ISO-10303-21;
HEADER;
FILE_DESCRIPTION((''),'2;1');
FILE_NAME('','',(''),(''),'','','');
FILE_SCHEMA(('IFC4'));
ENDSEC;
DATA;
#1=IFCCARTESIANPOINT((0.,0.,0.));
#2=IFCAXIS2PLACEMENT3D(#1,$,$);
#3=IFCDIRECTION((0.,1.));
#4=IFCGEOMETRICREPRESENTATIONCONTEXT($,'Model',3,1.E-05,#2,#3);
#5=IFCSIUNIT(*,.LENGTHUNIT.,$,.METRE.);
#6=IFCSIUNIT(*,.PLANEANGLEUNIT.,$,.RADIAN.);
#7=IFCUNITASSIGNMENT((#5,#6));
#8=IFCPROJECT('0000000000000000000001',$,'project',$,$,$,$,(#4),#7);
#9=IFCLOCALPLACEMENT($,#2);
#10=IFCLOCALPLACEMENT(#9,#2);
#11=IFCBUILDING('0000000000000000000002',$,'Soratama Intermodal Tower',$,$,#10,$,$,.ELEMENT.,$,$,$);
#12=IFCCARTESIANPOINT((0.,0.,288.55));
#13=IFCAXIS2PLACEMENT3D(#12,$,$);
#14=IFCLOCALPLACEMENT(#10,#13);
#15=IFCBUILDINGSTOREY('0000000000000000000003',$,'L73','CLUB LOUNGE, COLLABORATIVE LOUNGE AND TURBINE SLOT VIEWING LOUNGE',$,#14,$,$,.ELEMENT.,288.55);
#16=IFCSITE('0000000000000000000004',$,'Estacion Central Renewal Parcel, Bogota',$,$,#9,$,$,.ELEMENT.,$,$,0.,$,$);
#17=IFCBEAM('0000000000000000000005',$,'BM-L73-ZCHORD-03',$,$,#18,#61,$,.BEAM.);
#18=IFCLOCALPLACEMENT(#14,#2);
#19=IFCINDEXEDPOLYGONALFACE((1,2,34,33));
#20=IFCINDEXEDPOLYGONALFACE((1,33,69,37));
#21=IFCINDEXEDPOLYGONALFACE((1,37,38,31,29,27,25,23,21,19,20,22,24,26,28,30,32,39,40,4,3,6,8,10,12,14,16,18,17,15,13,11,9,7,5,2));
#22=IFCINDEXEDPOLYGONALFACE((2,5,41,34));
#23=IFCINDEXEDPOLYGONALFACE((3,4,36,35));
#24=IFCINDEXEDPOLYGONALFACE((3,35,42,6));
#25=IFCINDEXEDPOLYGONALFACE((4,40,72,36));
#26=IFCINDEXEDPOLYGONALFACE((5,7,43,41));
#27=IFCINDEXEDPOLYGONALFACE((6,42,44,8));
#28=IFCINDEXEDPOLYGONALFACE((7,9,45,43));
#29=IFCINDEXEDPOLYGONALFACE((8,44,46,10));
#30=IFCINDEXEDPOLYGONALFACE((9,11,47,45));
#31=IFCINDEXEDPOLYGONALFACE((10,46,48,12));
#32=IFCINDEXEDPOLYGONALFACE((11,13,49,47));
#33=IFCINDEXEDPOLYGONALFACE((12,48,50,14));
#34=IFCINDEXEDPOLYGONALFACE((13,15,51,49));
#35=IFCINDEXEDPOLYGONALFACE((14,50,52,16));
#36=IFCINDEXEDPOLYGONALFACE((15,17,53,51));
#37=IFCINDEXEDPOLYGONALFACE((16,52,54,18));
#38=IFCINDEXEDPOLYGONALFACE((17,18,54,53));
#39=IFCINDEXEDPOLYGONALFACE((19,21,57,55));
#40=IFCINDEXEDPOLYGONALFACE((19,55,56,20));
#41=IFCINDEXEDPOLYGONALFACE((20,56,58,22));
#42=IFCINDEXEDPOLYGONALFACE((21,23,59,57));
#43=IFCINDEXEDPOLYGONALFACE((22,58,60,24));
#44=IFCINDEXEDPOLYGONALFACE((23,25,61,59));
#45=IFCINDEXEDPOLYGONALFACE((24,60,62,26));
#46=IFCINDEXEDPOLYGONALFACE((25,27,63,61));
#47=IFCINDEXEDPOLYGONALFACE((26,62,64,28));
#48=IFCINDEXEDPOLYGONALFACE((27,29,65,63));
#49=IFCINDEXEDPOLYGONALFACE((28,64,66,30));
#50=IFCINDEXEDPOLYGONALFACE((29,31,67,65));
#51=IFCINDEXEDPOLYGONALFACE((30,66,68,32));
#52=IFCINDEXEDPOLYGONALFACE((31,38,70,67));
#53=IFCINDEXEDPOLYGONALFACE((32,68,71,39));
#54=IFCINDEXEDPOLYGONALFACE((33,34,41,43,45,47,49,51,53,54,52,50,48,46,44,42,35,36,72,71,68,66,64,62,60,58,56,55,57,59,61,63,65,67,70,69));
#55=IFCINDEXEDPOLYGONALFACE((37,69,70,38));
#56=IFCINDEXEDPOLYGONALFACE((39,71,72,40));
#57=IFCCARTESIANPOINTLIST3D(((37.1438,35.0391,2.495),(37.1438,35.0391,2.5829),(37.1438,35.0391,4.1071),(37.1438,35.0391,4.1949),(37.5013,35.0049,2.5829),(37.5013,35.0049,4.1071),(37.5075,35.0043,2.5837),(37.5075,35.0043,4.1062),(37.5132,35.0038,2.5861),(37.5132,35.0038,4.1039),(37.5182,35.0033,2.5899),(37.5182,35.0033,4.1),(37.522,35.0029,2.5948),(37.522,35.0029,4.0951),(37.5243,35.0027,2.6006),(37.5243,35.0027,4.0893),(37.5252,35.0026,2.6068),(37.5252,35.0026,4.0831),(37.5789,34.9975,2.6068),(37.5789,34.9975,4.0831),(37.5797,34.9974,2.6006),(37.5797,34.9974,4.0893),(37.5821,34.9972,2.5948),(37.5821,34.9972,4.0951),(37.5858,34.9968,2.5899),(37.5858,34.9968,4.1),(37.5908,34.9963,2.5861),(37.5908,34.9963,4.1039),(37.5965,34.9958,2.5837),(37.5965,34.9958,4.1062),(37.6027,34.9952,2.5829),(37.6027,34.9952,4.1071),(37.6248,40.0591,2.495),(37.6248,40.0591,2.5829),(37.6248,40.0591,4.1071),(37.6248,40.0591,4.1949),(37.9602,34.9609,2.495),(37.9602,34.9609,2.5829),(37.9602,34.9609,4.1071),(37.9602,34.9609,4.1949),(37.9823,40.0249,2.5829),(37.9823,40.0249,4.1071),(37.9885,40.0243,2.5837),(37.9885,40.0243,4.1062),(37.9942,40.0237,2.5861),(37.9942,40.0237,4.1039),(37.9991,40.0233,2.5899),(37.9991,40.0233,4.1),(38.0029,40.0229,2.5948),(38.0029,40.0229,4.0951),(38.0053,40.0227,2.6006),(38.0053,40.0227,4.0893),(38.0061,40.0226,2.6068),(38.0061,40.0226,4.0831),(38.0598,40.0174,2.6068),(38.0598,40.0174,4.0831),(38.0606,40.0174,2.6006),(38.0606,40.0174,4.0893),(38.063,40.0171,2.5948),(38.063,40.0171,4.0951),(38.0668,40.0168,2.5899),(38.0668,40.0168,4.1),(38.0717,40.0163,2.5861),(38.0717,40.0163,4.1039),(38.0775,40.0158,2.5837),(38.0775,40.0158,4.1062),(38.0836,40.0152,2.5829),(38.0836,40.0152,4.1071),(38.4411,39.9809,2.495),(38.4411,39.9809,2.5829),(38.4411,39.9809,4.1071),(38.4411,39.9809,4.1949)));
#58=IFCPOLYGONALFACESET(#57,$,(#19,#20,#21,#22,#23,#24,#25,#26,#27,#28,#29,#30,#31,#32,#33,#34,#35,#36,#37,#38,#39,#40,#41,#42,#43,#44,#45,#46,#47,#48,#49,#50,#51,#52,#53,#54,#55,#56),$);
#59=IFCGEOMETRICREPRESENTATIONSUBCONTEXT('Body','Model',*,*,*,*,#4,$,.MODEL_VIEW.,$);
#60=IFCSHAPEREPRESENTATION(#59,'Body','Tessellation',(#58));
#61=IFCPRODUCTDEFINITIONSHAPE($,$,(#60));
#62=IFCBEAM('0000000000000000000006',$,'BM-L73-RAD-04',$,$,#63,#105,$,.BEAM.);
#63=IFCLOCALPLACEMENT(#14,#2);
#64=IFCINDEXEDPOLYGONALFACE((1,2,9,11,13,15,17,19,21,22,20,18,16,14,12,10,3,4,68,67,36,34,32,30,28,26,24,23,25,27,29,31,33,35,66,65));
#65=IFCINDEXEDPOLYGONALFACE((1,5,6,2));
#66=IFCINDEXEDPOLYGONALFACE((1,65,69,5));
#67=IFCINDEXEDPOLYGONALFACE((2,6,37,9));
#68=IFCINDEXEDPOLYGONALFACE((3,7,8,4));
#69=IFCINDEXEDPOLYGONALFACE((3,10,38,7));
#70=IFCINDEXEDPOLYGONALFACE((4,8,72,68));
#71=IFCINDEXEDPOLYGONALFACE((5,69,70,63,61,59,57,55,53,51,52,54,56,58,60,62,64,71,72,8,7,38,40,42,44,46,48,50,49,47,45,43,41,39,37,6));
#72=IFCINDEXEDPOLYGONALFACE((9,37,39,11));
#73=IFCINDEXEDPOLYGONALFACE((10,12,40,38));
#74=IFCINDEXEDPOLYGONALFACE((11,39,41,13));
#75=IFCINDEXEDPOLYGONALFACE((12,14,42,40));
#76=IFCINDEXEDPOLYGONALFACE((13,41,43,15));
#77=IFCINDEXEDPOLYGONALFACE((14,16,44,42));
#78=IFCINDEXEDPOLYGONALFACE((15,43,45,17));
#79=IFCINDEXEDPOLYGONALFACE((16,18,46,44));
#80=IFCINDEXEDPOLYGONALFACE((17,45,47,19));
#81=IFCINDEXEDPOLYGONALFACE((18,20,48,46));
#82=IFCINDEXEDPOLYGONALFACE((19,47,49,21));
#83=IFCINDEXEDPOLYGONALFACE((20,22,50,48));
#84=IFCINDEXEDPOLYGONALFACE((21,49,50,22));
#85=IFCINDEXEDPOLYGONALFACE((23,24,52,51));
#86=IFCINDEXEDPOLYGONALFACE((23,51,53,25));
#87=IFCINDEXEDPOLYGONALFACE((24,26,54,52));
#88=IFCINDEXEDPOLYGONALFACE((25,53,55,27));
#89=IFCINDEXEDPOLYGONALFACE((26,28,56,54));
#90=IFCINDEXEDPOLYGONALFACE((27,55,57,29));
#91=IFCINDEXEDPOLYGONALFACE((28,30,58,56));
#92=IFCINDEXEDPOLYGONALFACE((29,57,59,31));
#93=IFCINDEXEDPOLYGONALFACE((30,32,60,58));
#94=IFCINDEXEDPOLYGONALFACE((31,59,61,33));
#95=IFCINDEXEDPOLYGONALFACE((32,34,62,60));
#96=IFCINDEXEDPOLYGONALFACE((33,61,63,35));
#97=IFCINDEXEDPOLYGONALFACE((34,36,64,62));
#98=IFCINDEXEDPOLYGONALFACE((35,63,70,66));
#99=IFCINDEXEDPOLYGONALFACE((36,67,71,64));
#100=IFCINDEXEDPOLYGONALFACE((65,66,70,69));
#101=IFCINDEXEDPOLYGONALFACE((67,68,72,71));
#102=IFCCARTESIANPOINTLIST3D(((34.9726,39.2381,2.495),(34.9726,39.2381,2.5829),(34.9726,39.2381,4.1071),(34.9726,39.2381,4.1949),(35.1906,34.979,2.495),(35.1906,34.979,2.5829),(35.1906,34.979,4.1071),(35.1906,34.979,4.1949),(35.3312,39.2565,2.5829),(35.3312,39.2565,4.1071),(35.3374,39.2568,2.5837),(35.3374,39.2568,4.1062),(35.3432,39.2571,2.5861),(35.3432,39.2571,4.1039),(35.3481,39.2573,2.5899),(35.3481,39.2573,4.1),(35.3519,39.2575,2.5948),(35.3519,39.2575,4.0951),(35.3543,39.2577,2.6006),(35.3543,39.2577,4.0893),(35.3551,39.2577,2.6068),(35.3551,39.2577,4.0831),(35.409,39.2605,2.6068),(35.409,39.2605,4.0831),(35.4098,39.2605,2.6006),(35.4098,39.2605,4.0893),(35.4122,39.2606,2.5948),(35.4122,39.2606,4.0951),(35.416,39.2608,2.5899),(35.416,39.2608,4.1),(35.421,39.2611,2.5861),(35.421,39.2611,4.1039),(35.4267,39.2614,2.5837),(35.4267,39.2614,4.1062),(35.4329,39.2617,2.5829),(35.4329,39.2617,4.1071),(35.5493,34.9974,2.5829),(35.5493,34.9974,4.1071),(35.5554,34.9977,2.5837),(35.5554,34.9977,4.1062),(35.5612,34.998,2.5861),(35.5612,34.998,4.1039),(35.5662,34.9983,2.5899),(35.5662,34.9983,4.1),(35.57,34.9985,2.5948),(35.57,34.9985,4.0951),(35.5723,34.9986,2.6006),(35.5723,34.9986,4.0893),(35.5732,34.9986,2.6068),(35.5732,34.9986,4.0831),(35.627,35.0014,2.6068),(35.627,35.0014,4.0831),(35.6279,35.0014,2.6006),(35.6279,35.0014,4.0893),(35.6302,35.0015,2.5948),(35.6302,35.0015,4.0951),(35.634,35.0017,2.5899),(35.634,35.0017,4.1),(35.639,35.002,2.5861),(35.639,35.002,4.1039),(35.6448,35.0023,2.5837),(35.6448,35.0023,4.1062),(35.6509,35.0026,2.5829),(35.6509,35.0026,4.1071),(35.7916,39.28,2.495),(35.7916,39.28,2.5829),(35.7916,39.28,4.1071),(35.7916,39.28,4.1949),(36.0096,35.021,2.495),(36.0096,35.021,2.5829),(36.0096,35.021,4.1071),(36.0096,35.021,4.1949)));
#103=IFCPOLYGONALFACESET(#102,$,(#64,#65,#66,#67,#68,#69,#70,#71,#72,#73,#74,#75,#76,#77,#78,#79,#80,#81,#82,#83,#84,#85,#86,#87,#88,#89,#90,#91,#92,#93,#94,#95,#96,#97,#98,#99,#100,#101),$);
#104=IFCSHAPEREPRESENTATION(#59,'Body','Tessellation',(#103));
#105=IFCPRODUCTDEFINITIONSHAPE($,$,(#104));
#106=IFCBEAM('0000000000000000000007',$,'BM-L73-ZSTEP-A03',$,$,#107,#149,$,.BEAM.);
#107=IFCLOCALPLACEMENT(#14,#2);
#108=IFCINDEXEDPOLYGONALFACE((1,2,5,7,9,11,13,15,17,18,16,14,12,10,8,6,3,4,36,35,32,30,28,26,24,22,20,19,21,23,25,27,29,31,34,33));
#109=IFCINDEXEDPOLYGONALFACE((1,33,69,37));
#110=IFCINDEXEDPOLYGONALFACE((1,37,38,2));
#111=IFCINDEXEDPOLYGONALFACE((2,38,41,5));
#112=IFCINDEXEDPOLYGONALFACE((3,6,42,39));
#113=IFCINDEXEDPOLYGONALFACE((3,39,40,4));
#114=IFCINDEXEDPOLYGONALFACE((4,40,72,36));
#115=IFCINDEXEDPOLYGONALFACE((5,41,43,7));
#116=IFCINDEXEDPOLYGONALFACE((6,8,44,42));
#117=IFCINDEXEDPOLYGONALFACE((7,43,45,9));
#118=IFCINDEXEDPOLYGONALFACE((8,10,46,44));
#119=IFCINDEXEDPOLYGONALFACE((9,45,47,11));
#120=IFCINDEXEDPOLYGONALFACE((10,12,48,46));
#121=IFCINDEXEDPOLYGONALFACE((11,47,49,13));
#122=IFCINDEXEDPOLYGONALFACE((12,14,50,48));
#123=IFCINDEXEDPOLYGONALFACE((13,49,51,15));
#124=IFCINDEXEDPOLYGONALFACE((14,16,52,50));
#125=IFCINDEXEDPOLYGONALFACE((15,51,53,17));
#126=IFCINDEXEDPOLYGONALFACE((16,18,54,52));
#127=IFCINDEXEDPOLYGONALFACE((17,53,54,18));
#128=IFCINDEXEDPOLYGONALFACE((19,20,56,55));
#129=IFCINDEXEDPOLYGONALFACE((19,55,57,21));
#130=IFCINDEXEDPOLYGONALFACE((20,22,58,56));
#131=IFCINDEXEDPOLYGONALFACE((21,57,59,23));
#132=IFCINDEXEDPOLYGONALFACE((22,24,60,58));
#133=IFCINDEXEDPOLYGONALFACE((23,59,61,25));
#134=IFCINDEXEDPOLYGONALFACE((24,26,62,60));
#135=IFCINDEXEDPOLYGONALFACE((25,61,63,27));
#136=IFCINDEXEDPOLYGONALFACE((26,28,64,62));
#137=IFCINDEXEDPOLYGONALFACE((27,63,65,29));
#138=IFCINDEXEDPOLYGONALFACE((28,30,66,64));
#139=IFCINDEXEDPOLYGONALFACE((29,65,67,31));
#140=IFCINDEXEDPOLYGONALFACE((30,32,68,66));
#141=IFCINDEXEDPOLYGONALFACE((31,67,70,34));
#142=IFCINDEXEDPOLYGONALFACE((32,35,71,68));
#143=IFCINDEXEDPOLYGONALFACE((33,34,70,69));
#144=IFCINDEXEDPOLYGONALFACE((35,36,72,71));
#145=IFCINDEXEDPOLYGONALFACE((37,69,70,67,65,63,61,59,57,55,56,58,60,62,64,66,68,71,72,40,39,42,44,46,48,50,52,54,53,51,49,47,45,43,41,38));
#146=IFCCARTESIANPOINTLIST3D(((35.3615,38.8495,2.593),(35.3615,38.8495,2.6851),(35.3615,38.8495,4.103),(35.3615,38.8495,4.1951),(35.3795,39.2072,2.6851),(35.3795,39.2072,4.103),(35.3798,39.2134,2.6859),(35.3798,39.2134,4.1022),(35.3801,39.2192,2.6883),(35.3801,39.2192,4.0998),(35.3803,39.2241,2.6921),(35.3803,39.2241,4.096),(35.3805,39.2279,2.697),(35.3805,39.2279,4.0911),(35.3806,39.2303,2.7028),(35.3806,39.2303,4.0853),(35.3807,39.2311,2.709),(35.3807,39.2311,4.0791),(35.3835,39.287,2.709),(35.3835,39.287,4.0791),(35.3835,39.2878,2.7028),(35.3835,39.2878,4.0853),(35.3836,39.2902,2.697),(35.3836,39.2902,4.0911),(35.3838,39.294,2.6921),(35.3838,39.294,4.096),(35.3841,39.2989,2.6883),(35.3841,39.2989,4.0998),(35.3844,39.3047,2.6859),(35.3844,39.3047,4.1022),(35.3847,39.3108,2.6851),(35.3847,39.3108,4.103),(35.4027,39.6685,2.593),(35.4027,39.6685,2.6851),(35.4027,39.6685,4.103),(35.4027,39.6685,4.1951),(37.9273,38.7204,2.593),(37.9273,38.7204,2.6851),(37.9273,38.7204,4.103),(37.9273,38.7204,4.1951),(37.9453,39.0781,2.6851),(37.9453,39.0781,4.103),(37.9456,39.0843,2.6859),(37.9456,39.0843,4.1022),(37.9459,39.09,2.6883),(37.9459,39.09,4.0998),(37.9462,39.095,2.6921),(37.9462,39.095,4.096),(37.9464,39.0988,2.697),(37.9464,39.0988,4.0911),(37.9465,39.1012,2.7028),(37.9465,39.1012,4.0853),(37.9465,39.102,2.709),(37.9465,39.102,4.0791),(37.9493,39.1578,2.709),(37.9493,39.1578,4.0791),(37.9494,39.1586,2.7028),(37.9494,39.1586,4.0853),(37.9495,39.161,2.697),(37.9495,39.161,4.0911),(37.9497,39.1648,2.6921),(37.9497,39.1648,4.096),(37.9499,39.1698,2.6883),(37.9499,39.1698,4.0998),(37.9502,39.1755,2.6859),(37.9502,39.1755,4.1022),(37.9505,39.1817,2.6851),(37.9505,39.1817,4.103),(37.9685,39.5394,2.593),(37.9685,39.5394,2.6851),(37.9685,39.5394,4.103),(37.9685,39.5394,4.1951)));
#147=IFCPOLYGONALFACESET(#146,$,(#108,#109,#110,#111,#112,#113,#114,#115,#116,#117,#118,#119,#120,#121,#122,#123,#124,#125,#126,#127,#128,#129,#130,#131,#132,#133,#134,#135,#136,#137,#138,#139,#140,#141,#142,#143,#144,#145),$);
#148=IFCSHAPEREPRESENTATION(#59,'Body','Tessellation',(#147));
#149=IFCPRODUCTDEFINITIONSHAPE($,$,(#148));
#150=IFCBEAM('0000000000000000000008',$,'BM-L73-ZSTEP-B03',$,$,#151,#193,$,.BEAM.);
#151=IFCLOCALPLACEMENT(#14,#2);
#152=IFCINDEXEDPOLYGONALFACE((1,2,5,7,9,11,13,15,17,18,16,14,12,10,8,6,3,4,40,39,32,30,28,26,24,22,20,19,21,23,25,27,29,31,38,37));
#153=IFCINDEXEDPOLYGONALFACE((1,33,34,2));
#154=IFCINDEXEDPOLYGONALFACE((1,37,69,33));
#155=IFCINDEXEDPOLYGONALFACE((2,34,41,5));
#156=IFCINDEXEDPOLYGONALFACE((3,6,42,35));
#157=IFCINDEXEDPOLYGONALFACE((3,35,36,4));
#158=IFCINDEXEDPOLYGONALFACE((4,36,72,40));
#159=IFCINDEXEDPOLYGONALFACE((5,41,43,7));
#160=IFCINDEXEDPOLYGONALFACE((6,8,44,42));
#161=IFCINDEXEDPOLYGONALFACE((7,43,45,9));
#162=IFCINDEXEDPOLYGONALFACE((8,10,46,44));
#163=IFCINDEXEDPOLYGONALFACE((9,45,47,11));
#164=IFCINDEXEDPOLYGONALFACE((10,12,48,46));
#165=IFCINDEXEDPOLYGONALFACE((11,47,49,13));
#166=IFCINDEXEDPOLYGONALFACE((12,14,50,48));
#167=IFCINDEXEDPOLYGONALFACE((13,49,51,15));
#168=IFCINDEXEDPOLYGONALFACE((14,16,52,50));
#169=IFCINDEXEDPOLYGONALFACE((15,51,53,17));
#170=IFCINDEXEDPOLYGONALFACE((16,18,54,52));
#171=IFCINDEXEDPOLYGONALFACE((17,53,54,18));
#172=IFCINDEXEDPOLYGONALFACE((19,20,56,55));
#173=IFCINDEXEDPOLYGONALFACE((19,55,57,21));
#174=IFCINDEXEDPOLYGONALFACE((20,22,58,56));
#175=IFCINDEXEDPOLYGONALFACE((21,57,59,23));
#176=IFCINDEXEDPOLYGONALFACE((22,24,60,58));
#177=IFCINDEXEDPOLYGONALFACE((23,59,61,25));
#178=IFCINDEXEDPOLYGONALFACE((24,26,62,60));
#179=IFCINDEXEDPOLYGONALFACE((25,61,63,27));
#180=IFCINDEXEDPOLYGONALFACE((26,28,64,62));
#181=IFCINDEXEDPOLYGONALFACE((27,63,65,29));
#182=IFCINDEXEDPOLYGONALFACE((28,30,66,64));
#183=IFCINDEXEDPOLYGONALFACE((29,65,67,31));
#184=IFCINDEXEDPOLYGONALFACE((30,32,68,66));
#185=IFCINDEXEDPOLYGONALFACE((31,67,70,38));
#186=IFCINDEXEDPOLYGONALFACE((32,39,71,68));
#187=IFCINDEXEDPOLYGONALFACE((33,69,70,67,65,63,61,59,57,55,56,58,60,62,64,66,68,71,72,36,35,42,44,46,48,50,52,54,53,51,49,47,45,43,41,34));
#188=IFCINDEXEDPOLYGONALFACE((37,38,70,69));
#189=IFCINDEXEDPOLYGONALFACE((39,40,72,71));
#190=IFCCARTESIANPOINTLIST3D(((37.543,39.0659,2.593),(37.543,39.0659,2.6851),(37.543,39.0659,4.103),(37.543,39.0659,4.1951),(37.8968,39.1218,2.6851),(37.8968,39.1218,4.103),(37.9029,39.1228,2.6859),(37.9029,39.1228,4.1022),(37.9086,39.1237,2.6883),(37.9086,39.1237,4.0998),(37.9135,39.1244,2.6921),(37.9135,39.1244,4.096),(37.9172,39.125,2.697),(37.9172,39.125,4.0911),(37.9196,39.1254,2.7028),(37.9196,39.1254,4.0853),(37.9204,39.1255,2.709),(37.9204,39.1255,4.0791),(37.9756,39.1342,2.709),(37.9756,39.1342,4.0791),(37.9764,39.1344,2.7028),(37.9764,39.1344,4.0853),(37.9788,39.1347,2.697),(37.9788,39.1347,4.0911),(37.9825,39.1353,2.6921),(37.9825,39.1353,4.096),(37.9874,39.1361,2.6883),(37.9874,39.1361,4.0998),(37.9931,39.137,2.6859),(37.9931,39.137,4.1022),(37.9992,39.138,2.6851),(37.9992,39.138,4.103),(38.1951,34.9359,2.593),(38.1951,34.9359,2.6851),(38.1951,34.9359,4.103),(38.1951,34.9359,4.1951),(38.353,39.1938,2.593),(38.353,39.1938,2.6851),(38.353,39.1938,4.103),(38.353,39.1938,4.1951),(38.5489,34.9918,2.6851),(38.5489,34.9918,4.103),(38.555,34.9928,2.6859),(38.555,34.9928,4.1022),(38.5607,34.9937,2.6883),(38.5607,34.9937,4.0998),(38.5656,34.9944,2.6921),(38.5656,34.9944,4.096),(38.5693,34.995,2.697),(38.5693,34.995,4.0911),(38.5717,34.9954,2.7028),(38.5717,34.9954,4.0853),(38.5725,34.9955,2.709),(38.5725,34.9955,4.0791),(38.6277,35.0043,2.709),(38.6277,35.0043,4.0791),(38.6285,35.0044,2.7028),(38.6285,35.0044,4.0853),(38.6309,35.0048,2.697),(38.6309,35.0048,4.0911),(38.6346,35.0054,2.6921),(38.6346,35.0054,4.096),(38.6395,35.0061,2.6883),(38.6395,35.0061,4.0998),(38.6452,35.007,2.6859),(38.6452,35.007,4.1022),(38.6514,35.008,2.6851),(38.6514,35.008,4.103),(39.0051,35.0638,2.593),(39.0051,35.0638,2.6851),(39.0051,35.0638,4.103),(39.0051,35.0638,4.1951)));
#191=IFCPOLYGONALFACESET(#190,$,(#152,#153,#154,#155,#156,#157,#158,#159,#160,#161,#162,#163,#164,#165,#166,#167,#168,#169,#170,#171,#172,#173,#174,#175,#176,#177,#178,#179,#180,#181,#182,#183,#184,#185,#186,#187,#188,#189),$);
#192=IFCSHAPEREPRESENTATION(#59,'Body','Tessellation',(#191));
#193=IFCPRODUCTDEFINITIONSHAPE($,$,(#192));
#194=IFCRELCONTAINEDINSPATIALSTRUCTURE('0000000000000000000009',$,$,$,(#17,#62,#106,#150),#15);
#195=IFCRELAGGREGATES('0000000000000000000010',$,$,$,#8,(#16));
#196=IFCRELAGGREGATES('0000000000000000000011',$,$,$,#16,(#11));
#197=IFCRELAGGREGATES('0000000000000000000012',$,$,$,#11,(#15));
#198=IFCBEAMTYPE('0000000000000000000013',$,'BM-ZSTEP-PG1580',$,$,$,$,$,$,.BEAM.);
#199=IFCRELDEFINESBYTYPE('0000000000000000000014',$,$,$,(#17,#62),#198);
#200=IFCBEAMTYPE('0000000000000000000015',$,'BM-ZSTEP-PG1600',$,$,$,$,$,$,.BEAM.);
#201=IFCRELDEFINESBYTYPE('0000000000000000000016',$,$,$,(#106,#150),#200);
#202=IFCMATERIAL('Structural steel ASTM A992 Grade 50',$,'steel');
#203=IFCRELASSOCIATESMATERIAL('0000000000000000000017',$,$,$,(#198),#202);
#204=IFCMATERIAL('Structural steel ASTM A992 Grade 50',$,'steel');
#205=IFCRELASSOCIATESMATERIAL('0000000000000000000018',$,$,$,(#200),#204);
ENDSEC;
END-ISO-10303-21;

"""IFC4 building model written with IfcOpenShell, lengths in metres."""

from ifc_helpers import new_model, si_unit, direction, frame, origin, origin_2d, place, context, subcontext, project, spatial, i_section, extrude, material, material_profile, profile_set, type_object, element, save


model = new_model("IFC4")

# Units and contexts
model_context = context("Model", 3, precision=1e-05, world=origin(), true_north=direction((0.0, 1.0)))
body_context = subcontext(model_context, "Body", "Model", "MODEL_VIEW")
ifc_project = project(units=[si_unit("LENGTHUNIT", "METRE"), si_unit("PLANEANGLEUNIT", "RADIAN")], contexts=[model_context])

# Site, building, storey
site_placement = place(None, origin())
site = spatial("IfcSite", under=ifc_project, at=site_placement, Name="Estacion Central Renewal Parcel, Bogota", CompositionType="ELEMENT", RefElevation=0.0)
building_placement = place(site_placement, origin())
building = spatial("IfcBuilding", under=site, at=building_placement, Name="Soratama Intermodal Tower", CompositionType="ELEMENT")
storey_placement = place(building_placement, frame((0.0, 0.0, 288.55)))
storey = spatial("IfcBuildingStorey", under=building, at=storey_placement, Name="L73", Description="CLUB LOUNGE, COLLABORATIVE LOUNGE AND TURBINE SLOT VIEWING LOUNGE", CompositionType="ELEMENT", Elevation=288.55)

# Beams
ifc_material_1 = material(Name="Structural steel ASTM A992 Grade 50", Category="steel")
ifc_material_profile_1 = material_profile(ifc_material_1, i_section(OverallWidth=0.8201, OverallDepth=1.7, WebThickness=0.054, FlangeThickness=0.0879, FilletRadius=0.0239, at=origin_2d()), Name="PG1580X800")
ifc_profile_set_1 = profile_set([ifc_material_profile_1], Name="Structural steel ASTM A992 Grade 50")
beam_type_1 = type_object("IfcBeamType", Name="BM-ZSTEP-PG1580", PredefinedType="BEAM", material=ifc_profile_set_1)
beam_1_placement = place(storey_placement, frame((38.033, 40.02, 3.345), z_axis=(-0.095371, -0.995442, 0.0), x_axis=(0.995442, -0.095371, 0.0)))
element("IfcBeam", 1, at=beam_1_placement, inside=storey, type_object=beam_type_1, Name="BM-L73-ZCHORD-03", PredefinedType="BEAM", context=body_context, shape_type="SweptSolid", body=[
    extrude(i_section(OverallWidth=0.8201, OverallDepth=1.7, WebThickness=0.054, FlangeThickness=0.0879, FilletRadius=0.0239, at=origin_2d()), origin(), (0.0, 0.0, 1.0), 5.043),
])
beam_2_placement = place(storey_placement, frame((35.6001, 35.0, 3.345), z_axis=(-0.051123, 0.998692, 0.0), x_axis=(-0.998692, -0.051123, 0.0)))
element("IfcBeam", 2, at=beam_2_placement, inside=storey, type_object=beam_type_1, Name="BM-L73-RAD-04", PredefinedType="BEAM", context=body_context, shape_type="SweptSolid", body=[
    extrude(i_section(OverallWidth=0.8201, OverallDepth=1.7, WebThickness=0.054, FlangeThickness=0.0879, FilletRadius=0.0239, at=origin_2d()), origin(), (0.0, 0.0, 1.0), 4.2646),
])
ifc_material_2 = material(Name="Structural steel ASTM A992 Grade 50", Category="steel")
ifc_material_profile_2 = material_profile(ifc_material_2, i_section(OverallWidth=0.8201, OverallDepth=1.6021, WebThickness=0.0559, FlangeThickness=0.092, FilletRadius=0.0239, at=origin_2d()), Name="PG1600X650")
ifc_profile_set_2 = profile_set([ifc_material_profile_2], Name="Structural steel ASTM A992 Grade 50")
beam_type_2 = type_object("IfcBeamType", Name="BM-ZSTEP-PG1600", PredefinedType="BEAM", material=ifc_profile_set_2)
beam_3_placement = place(storey_placement, frame((35.3821, 39.259, 3.394), z_axis=(0.998736, -0.050269, 0.0), x_axis=(0.050269, 0.998736, 0.0)))
element("IfcBeam", 3, at=beam_3_placement, inside=storey, type_object=beam_type_2, Name="BM-L73-ZSTEP-A03", PredefinedType="BEAM", context=body_context, shape_type="SweptSolid", body=[
    extrude(i_section(OverallWidth=0.8201, OverallDepth=1.6021, WebThickness=0.0559, FlangeThickness=0.092, FilletRadius=0.0239, at=origin_2d()), origin(), (0.0, 0.0, 1.0), 2.5691),
])
beam_4_placement = place(storey_placement, frame((37.948, 39.1299, 3.394), z_axis=(0.155966, -0.987762, 0.0), x_axis=(0.987762, 0.155966, 0.0)))
element("IfcBeam", 4, at=beam_4_placement, inside=storey, type_object=beam_type_2, Name="BM-L73-ZSTEP-B03", PredefinedType="BEAM", context=body_context, shape_type="SweptSolid", body=[
    extrude(i_section(OverallWidth=0.8201, OverallDepth=1.6021, WebThickness=0.0559, FlangeThickness=0.092, FilletRadius=0.0239, at=origin_2d()), origin(), (0.0, 0.0, 1.0), 4.1812),
])

save(model, "model.ifc")
